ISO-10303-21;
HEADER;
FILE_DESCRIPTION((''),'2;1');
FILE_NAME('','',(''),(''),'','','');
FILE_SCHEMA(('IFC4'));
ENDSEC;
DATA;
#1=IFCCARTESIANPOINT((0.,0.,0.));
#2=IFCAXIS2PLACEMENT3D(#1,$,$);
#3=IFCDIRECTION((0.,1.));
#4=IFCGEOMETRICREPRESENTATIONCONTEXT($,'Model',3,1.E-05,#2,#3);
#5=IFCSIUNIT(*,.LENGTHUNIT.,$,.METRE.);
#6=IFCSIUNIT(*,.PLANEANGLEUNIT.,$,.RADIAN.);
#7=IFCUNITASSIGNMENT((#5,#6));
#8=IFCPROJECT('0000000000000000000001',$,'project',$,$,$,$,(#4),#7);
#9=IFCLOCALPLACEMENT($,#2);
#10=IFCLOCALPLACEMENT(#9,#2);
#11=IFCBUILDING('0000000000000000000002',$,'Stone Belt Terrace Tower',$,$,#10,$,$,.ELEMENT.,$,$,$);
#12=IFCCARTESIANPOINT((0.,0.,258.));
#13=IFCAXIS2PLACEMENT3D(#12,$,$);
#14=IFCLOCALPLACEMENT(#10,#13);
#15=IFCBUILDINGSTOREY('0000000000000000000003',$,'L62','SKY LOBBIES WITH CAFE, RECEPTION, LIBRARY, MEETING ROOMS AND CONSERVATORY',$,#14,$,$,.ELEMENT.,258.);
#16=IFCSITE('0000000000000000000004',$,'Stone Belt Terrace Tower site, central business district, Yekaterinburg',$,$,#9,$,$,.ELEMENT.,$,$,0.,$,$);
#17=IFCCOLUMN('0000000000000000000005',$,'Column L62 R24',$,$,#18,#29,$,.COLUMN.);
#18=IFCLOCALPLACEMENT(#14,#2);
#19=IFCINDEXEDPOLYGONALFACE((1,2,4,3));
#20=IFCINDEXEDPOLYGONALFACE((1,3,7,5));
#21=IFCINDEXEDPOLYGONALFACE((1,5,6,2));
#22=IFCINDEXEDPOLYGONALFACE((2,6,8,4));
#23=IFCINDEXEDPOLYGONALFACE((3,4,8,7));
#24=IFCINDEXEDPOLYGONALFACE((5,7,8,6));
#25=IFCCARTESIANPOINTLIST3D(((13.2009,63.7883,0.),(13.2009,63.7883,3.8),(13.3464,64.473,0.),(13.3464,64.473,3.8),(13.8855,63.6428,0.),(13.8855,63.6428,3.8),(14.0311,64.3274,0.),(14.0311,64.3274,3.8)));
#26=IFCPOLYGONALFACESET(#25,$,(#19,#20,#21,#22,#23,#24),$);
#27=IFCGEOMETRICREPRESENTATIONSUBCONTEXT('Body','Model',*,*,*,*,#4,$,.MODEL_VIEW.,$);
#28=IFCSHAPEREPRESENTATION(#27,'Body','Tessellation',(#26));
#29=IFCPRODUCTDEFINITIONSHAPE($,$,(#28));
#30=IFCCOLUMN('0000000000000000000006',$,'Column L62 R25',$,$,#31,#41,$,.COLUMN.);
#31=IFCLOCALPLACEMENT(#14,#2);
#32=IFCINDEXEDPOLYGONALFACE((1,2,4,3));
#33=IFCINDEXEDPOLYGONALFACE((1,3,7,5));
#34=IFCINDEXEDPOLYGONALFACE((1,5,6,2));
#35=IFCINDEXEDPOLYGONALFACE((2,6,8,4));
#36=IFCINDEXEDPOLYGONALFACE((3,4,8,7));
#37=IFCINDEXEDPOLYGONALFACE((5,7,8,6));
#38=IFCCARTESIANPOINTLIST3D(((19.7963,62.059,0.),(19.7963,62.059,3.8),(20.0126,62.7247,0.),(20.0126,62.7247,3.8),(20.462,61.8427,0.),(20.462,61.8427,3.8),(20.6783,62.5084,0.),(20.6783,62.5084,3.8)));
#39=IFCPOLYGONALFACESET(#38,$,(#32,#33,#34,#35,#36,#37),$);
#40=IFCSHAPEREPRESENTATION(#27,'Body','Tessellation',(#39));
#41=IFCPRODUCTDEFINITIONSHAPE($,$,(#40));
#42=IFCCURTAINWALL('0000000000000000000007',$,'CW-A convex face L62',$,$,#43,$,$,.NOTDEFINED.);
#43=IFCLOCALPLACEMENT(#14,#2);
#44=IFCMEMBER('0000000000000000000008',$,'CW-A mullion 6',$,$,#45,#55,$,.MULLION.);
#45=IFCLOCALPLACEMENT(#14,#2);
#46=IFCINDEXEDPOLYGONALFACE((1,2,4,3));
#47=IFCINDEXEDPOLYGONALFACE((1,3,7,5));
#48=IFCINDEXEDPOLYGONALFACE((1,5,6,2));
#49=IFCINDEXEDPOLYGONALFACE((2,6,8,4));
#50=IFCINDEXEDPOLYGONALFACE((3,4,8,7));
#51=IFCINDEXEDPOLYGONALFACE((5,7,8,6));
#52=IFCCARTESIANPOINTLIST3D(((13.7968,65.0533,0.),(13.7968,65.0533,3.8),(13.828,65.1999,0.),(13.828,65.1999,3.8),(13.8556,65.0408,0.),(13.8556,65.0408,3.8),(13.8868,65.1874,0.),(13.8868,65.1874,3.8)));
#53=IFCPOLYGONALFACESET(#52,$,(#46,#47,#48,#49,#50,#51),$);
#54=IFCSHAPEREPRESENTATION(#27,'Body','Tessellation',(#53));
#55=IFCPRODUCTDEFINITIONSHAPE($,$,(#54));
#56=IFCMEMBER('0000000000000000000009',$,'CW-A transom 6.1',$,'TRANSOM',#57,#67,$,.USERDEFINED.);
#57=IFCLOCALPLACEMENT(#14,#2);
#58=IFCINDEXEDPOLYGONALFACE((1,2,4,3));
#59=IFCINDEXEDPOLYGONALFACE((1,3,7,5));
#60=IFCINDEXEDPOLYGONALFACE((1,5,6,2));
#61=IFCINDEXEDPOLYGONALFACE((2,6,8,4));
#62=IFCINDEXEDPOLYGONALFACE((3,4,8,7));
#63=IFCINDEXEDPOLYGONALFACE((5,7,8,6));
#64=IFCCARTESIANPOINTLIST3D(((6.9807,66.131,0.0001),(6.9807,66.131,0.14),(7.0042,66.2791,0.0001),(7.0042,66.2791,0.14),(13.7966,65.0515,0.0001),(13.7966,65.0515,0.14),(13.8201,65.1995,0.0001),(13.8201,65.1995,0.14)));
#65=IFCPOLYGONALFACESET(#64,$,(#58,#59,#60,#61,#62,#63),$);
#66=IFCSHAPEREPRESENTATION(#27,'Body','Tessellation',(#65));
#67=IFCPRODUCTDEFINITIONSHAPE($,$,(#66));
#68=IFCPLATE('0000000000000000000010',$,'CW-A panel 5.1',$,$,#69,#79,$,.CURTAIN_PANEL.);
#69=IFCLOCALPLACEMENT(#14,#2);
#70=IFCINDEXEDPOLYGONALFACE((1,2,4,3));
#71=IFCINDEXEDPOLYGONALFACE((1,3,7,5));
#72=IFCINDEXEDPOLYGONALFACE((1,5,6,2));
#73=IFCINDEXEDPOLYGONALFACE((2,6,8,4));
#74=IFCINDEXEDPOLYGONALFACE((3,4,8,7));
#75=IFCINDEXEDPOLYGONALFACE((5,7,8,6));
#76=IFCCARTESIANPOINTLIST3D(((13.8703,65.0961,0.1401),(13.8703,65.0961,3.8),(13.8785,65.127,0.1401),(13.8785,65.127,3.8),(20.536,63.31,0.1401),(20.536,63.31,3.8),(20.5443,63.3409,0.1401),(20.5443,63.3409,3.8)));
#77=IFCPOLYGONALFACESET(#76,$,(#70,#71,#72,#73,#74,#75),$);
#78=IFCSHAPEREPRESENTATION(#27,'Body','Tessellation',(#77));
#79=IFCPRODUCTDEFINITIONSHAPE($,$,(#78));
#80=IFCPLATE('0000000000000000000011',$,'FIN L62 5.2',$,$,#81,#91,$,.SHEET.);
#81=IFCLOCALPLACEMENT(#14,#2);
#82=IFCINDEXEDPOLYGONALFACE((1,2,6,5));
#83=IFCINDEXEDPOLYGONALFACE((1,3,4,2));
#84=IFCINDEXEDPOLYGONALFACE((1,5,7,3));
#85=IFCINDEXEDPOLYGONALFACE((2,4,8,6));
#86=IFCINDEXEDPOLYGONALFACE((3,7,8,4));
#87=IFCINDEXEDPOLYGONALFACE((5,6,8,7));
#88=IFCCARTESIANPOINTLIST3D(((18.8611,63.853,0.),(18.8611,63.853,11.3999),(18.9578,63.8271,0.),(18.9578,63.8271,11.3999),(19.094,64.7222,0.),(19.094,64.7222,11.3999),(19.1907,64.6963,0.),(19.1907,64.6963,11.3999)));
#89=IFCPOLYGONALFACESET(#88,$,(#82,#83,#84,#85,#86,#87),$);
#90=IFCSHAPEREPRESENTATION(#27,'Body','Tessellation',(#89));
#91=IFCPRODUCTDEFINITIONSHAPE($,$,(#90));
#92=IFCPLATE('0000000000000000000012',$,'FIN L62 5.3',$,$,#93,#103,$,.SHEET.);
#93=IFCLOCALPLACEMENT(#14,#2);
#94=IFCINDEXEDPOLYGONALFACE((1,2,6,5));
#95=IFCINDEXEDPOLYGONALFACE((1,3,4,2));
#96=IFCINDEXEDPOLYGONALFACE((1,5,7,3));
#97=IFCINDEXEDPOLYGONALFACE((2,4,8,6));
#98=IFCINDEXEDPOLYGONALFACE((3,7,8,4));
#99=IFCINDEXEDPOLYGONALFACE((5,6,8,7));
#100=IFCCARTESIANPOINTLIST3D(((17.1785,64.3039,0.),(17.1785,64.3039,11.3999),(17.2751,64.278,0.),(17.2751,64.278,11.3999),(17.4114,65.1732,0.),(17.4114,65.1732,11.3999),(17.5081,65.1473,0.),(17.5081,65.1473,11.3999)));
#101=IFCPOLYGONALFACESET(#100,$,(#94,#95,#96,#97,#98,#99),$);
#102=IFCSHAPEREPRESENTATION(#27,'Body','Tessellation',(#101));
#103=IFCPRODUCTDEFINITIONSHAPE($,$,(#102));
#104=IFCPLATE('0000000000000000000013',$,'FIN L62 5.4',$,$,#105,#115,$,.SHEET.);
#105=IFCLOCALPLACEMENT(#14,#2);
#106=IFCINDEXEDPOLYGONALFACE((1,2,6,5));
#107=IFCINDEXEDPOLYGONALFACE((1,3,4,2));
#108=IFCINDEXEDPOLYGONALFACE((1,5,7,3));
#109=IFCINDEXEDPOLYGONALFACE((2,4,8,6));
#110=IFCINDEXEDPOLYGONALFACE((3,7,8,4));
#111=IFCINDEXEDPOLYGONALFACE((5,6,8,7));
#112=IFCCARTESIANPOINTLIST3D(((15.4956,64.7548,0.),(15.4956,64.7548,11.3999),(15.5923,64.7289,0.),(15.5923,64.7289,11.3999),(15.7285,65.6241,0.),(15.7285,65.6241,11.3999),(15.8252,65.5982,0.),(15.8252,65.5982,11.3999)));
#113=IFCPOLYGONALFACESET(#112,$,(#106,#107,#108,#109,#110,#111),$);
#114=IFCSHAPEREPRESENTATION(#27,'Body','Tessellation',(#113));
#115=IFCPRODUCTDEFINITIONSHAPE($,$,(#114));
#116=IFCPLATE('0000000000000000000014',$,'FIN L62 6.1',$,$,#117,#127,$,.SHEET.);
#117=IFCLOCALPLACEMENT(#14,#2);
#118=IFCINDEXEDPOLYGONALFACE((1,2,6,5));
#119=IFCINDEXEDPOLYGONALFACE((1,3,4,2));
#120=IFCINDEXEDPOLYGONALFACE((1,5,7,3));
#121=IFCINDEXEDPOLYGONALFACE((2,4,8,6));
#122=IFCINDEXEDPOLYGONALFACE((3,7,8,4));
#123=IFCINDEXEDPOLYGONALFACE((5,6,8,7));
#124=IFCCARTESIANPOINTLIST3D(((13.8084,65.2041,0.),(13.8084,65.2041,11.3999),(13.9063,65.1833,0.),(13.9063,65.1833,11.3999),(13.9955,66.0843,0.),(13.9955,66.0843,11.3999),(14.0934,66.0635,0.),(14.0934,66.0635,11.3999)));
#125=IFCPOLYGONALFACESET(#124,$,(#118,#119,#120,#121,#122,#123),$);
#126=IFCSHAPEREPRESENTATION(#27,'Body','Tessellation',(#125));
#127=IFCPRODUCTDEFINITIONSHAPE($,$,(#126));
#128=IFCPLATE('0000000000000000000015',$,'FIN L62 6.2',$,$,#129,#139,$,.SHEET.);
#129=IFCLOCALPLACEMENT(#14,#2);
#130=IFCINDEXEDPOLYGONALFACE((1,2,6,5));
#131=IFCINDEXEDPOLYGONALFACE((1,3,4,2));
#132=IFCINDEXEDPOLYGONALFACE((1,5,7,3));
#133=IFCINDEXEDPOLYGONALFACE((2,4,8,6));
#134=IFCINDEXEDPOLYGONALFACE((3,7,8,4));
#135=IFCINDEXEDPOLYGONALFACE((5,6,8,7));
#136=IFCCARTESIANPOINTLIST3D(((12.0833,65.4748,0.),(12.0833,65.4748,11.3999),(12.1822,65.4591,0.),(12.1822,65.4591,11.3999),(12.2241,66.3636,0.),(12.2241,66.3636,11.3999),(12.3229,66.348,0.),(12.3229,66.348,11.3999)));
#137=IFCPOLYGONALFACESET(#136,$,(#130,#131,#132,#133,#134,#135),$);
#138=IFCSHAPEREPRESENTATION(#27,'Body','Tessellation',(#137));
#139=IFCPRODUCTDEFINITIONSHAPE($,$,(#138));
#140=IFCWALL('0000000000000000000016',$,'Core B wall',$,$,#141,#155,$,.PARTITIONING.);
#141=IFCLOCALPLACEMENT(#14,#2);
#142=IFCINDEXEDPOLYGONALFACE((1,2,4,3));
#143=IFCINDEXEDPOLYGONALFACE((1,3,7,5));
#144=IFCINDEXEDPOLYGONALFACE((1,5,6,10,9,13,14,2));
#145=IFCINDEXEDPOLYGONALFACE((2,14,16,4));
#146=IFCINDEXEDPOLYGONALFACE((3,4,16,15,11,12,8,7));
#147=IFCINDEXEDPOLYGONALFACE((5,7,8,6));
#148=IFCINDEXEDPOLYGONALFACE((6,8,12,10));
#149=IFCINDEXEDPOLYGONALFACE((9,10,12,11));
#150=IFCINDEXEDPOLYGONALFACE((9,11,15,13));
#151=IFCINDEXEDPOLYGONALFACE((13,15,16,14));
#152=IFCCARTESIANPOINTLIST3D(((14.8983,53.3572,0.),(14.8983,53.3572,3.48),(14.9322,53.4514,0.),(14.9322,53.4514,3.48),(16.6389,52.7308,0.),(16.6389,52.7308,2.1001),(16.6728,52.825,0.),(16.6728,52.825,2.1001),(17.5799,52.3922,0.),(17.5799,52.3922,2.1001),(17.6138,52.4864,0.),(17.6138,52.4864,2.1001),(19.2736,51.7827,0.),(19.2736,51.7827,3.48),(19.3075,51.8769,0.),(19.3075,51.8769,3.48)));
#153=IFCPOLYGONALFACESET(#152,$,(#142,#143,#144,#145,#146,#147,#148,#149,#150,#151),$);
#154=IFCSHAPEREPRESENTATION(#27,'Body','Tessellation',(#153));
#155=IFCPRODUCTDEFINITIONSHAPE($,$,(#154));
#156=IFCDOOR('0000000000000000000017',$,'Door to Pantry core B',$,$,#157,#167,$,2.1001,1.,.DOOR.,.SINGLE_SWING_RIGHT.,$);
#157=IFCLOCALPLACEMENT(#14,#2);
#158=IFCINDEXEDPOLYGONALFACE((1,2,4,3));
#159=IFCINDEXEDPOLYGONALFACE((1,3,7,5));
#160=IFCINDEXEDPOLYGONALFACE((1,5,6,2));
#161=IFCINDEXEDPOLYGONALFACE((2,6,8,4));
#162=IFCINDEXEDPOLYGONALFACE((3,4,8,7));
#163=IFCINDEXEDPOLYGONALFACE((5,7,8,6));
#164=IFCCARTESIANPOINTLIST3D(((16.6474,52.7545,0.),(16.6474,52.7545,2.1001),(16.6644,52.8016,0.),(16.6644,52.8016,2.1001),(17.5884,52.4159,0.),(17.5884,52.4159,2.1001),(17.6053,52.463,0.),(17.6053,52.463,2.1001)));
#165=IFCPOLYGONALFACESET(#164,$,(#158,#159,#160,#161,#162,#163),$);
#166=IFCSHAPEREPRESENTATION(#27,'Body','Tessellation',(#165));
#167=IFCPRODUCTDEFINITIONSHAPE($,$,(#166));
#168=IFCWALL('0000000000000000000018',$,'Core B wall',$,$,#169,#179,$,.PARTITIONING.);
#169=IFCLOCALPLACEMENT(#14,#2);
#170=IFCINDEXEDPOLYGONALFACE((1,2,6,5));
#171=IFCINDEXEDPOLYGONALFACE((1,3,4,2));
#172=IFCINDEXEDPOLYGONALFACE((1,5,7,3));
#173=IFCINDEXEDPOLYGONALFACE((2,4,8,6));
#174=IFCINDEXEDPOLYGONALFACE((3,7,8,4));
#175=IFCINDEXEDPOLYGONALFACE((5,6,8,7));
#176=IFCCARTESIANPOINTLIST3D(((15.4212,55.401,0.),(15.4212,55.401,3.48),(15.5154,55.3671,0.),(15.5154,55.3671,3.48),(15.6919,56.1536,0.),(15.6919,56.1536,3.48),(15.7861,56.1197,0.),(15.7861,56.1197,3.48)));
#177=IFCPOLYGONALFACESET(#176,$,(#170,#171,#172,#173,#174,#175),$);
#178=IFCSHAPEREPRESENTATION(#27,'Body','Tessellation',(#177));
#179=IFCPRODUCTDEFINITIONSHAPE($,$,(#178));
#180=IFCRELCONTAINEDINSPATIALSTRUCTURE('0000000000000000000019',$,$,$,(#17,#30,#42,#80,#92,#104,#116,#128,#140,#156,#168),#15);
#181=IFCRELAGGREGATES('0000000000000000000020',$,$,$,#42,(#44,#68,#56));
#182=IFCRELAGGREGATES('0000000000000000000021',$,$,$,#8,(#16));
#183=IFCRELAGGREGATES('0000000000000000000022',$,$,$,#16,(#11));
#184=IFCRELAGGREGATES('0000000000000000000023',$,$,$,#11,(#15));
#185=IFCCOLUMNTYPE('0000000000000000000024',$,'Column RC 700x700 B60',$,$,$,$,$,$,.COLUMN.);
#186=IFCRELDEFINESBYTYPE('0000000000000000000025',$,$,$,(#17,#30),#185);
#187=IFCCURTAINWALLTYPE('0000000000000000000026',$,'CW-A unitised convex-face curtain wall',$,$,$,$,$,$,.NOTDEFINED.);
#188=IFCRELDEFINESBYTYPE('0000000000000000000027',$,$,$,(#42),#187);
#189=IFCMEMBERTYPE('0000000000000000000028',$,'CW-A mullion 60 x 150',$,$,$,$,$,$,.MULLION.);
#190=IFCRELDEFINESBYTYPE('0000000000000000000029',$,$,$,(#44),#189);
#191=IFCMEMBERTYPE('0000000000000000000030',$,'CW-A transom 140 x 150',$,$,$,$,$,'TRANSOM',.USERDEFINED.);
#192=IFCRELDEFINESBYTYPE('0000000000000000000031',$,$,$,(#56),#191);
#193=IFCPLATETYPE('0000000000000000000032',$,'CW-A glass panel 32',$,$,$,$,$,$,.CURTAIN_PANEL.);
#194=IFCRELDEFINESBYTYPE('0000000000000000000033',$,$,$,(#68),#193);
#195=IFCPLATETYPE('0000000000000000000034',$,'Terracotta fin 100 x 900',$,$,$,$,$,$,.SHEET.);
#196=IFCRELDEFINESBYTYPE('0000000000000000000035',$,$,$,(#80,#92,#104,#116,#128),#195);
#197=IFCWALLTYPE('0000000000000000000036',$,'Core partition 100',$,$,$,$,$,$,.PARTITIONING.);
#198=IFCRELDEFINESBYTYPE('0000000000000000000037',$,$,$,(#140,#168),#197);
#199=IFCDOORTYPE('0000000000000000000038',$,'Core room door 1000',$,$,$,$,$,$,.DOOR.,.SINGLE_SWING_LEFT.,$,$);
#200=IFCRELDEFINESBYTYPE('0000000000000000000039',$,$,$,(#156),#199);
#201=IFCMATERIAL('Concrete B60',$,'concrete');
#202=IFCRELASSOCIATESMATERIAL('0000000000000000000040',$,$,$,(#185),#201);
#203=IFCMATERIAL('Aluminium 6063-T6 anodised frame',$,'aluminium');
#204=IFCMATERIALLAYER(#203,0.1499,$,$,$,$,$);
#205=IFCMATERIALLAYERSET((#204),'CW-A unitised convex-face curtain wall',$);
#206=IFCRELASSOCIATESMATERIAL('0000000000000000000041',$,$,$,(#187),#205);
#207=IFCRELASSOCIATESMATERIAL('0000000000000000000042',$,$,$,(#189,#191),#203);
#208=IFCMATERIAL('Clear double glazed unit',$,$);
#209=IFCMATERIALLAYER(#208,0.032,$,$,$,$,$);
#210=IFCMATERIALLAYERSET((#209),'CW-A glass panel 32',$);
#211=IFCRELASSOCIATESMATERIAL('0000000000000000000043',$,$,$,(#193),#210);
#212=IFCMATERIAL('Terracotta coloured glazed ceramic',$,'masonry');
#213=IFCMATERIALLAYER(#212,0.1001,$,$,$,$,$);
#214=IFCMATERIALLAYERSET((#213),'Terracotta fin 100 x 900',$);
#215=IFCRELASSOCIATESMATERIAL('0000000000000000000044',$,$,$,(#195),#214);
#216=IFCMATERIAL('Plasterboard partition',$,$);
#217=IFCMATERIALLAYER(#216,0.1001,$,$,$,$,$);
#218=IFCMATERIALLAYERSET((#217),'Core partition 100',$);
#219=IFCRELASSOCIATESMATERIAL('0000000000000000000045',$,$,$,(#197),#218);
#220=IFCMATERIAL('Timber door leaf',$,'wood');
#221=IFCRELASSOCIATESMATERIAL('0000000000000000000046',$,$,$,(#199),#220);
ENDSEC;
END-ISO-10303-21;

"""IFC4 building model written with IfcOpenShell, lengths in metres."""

from ifc_helpers import new_model, si_unit, direction, frame, frame_2d, origin, origin_2d, place, context, subcontext, project, spatial, rectangle, extrude, material, layer, layer_set, material_profile, profile_set, type_object, element, fill, aggregate, save


model = new_model("IFC4")

# Units and contexts
model_context = context("Model", 3, precision=1e-05, world=origin(), true_north=direction((0.0, 1.0)))
body_context = subcontext(model_context, "Body", "Model", "MODEL_VIEW")
ifc_project = project(units=[si_unit("LENGTHUNIT", "METRE"), si_unit("PLANEANGLEUNIT", "RADIAN")], contexts=[model_context])

# Site, building, storey
site_placement = place(None, origin())
site = spatial("IfcSite", under=ifc_project, at=site_placement, Name="Stone Belt Terrace Tower site, central business district, Yekaterinburg", CompositionType="ELEMENT", RefElevation=0.0)
building_placement = place(site_placement, origin())
building = spatial("IfcBuilding", under=site, at=building_placement, Name="Stone Belt Terrace Tower", CompositionType="ELEMENT")
storey_placement = place(building_placement, frame((0.0, 0.0, 258.0)))
storey = spatial("IfcBuildingStorey", under=building, at=storey_placement, Name="L62", Description="SKY LOBBIES WITH CAFE, RECEPTION, LIBRARY, MEETING ROOMS AND CONSERVATORY", CompositionType="ELEMENT", Elevation=258.0)

# Columns
ifc_material_1 = material(Name="Concrete B60", Category="concrete")
ifc_material_profile_1 = material_profile(ifc_material_1, rectangle(XDim=0.7, YDim=0.7, at=origin_2d()), Name="RC 700x700")
ifc_profile_set_1 = profile_set([ifc_material_profile_1], Name="Concrete B60")
column_type = type_object("IfcColumnType", Name="Column RC 700x700 B60", PredefinedType="COLUMN", material=ifc_profile_set_1)
for number, where, z_axis, x_axis, name in (
    (1, (13.616, 64.0579, 0.0), (0.0, 0.0, 1.0), (0.978148, -0.207912, 0.0), "Column L62 R24"),
    (2, (20.2373, 62.2837, 0.0), (0.0, 0.0, 1.0), (0.951057, -0.309017, 0.0), "Column L62 R25"),
):
    element("IfcColumn", number, at=place(storey_placement, frame(where, z_axis=z_axis, x_axis=x_axis)), inside=storey, type_object=column_type, Name=name, PredefinedType="COLUMN", context=body_context, shape_type="SweptSolid", body=[
        extrude(rectangle(XDim=0.7, YDim=0.7, at=origin_2d()), origin(), (0.0, 0.0, 1.0), 3.8),
    ])

# Curtain wall, members, plate
ifc_material_2 = material(Name="Aluminium 6063-T6 anodised frame", Category="aluminium")
ifc_layer_1 = layer(ifc_material_2, 0.1499)
ifc_layer_set_1 = layer_set([ifc_layer_1], Name="CW-A unitised convex-face curtain wall")
curtain_wall_type = type_object("IfcCurtainWallType", Name="CW-A unitised convex-face curtain wall", PredefinedType="NOTDEFINED", material=ifc_layer_set_1)
curtain_wall_placement = place(storey_placement, origin())
curtain_wall = element("IfcCurtainWall", 3, at=curtain_wall_placement, inside=storey, type_object=curtain_wall_type, Name="CW-A convex face L62", PredefinedType="NOTDEFINED")
ifc_material_profile_2 = material_profile(ifc_material_2, rectangle(XDim=0.1499, YDim=0.0601, at=origin_2d()), Name="Aluminium 6063-T6 60x150")
ifc_profile_set_2 = profile_set([ifc_material_profile_2], Name="Aluminium 6063-T6 anodised frame")
member_type_1 = type_object("IfcMemberType", Name="CW-A mullion 60 x 150", PredefinedType="MULLION", material=ifc_profile_set_2)
member_1_placement = place(storey_placement, frame((13.8418, 65.1204, 0.0), z_axis=(0.0, 0.0, 1.0), x_axis=(-0.207912, -0.978148, 0.0)))
member_1 = element("IfcMember", 4, at=member_1_placement, type_object=member_type_1, Name="CW-A mullion 6", PredefinedType="MULLION", context=body_context, shape_type="SweptSolid", body=[
    extrude(rectangle(XDim=0.1499, YDim=0.0601, at=origin_2d()), origin(), (0.0, 0.0, 1.0), 3.8),
])
ifc_material_profile_3 = material_profile(ifc_material_2, rectangle(XDim=0.1499, YDim=0.1399, at=origin_2d()), Name="Aluminium 6063-T6 150x140")
ifc_profile_set_3 = profile_set([ifc_material_profile_3], Name="Aluminium 6063-T6 anodised frame")
member_type_2 = type_object("IfcMemberType", Name="CW-A transom 140 x 150", ElementType="TRANSOM", PredefinedType="USERDEFINED", material=ifc_profile_set_3)
member_2_placement = place(storey_placement, frame((13.8083, 65.1255, 0.0701), z_axis=(-0.987687, 0.156442, 0.0), x_axis=(-0.156442, -0.987687, 0.0)))
member_2 = element("IfcMember", 5, at=member_2_placement, type_object=member_type_2, Name="CW-A transom 6.1", ObjectType="TRANSOM", PredefinedType="USERDEFINED", context=body_context, shape_type="SweptSolid", body=[
    extrude(rectangle(XDim=0.1499, YDim=0.1399, at=origin_2d()), origin(), (0.0, 0.0, 1.0), 6.9009),
])
ifc_material_3 = material(Name="Clear double glazed unit")
ifc_layer_2 = layer(ifc_material_3, 0.032)
ifc_layer_set_2 = layer_set([ifc_layer_2], Name="CW-A glass panel 32")
plate_type_1 = type_object("IfcPlateType", Name="CW-A glass panel 32", PredefinedType="CURTAIN_PANEL", material=ifc_layer_set_2)
plate_placement = place(storey_placement, frame((17.2073, 64.2185, 0.1401), z_axis=(0.0, 0.0, 1.0), x_axis=(-0.965926, 0.258819, 0.0)))
plate = element("IfcPlate", 6, at=plate_placement, type_object=plate_type_1, Name="CW-A panel 5.1", PredefinedType="CURTAIN_PANEL", context=body_context, shape_type="SweptSolid", body=[
    extrude(rectangle(XDim=6.9009, YDim=0.032, at=origin_2d()), origin(), (0.0, 0.0, 1.0), 3.6599),
])
aggregate(curtain_wall, [member_1, plate, member_2])

# Plates
ifc_material_4 = material(Name="Terracotta coloured glazed ceramic", Category="masonry")
ifc_layer_3 = layer(ifc_material_4, 0.1001)
ifc_layer_set_3 = layer_set([ifc_layer_3], Name="Terracotta fin 100 x 900")
plate_type_2 = type_object("IfcPlateType", Name="Terracotta fin 100 x 900", PredefinedType="SHEET", material=ifc_layer_set_3)
for number, where, z_axis, x_axis, name in (
    (7, (19.0259, 64.2747, 0.0), (0.0, 0.0, 1.0), (0.258819, 0.965926, 0.0), "FIN L62 5.2"),
    (8, (17.3433, 64.7256, 0.0), (0.0, 0.0, 1.0), (0.258819, 0.965926, 0.0), "FIN L62 5.3"),
    (9, (15.6604, 65.1765, 0.0), (0.0, 0.0, 1.0), (0.258819, 0.965926, 0.0), "FIN L62 5.4"),
    (10, (13.9509, 65.6338, 0.0), (0.0, 0.0, 1.0), (0.207912, 0.978148, 0.0), "FIN L62 6.1"),
    (11, (12.2031, 65.9114, 0.0), (0.0, 0.0, 1.0), (0.156434, 0.987688, 0.0), "FIN L62 6.2"),
):
    element("IfcPlate", number, at=place(storey_placement, frame(where, z_axis=z_axis, x_axis=x_axis)), inside=storey, type_object=plate_type_2, Name=name, PredefinedType="SHEET", context=body_context, shape_type="SweptSolid", body=[
        extrude(rectangle(XDim=0.8999, YDim=0.1001, at=origin_2d()), origin(), (0.0, 0.0, 1.0), 11.3999),
    ])

# Wall, opening, door
ifc_material_5 = material(Name="Plasterboard partition")
ifc_layer_4 = layer(ifc_material_5, 0.1001)
ifc_layer_set_4 = layer_set([ifc_layer_4], Name="Core partition 100")
wall_type_1 = type_object("IfcWallType", Name="Core partition 100", PredefinedType="PARTITIONING", material=ifc_layer_set_4)
wall_1_placement = place(storey_placement, frame((19.2905, 51.8298, 0.0), z_axis=(0.0, 0.0, 1.0), x_axis=(-0.94093, 0.3386, 0.0)))
wall_1 = element("IfcWall", 12, at=wall_1_placement, inside=storey, type_object=wall_type_1, Name="Core B wall", PredefinedType="PARTITIONING", context=body_context, shape_type="SweptSolid", body=[
    extrude(rectangle(XDim=4.6499, YDim=0.1001, at=frame_2d((2.325, 0.0))), origin(), (0.0, 0.0, 1.0), 3.48),
])
opening_1_placement = place(wall_1_placement, frame((1.8, 0.0, 0.0)))
opening_1 = element("IfcOpeningElement", 13, at=opening_1_placement, cuts=wall_1, PredefinedType="OPENING", context=body_context, shape_type="SweptSolid", body=[
    extrude(rectangle(XDim=1.0, YDim=2.1001, at=frame_2d((0.5, 1.05))), frame((0.0, 0.0601, 0.0), z_axis=(0.0, -1.0, 0.0), x_axis=(1.0, 0.0, 0.0)), (0.0, 0.0, 1.0), 0.1201),
])
ifc_material_6 = material(Name="Timber door leaf", Category="wood")
door_type_1 = type_object("IfcDoorType", Name="Core room door 1000", OperationType="SINGLE_SWING_LEFT", PredefinedType="DOOR", material=ifc_material_6)
door_1_placement = place(opening_1_placement, origin())
door_1 = element("IfcDoor", 14, at=door_1_placement, inside=storey, type_object=door_type_1, Name="Door to Pantry core B", OperationType="SINGLE_SWING_RIGHT", OverallHeight=2.1001, OverallWidth=1.0, PredefinedType="DOOR", context=body_context, shape_type="SweptSolid", body=[
    extrude(rectangle(XDim=1.0, YDim=2.1001, at=frame_2d((0.5, 1.05))), frame((0.0, 0.0249, 0.0), z_axis=(0.0, -1.0, 0.0), x_axis=(1.0, 0.0, 0.0)), (0.0, 0.0, 1.0), 0.05),
])
fill(opening_1, door_1)

# Wall
wall_2_placement = place(storey_placement, frame((15.4683, 55.384, 0.0), z_axis=(0.0, 0.0, 1.0), x_axis=(0.338482, 0.940973, 0.0)))
element("IfcWall", 15, at=wall_2_placement, inside=storey, type_object=wall_type_1, Name="Core B wall", PredefinedType="PARTITIONING", context=body_context, shape_type="SweptSolid", body=[
    extrude(rectangle(XDim=0.7998, YDim=0.1001, at=frame_2d((0.3999, 0.0))), origin(), (0.0, 0.0, 1.0), 3.48),
])

save(model, "model.ifc")
